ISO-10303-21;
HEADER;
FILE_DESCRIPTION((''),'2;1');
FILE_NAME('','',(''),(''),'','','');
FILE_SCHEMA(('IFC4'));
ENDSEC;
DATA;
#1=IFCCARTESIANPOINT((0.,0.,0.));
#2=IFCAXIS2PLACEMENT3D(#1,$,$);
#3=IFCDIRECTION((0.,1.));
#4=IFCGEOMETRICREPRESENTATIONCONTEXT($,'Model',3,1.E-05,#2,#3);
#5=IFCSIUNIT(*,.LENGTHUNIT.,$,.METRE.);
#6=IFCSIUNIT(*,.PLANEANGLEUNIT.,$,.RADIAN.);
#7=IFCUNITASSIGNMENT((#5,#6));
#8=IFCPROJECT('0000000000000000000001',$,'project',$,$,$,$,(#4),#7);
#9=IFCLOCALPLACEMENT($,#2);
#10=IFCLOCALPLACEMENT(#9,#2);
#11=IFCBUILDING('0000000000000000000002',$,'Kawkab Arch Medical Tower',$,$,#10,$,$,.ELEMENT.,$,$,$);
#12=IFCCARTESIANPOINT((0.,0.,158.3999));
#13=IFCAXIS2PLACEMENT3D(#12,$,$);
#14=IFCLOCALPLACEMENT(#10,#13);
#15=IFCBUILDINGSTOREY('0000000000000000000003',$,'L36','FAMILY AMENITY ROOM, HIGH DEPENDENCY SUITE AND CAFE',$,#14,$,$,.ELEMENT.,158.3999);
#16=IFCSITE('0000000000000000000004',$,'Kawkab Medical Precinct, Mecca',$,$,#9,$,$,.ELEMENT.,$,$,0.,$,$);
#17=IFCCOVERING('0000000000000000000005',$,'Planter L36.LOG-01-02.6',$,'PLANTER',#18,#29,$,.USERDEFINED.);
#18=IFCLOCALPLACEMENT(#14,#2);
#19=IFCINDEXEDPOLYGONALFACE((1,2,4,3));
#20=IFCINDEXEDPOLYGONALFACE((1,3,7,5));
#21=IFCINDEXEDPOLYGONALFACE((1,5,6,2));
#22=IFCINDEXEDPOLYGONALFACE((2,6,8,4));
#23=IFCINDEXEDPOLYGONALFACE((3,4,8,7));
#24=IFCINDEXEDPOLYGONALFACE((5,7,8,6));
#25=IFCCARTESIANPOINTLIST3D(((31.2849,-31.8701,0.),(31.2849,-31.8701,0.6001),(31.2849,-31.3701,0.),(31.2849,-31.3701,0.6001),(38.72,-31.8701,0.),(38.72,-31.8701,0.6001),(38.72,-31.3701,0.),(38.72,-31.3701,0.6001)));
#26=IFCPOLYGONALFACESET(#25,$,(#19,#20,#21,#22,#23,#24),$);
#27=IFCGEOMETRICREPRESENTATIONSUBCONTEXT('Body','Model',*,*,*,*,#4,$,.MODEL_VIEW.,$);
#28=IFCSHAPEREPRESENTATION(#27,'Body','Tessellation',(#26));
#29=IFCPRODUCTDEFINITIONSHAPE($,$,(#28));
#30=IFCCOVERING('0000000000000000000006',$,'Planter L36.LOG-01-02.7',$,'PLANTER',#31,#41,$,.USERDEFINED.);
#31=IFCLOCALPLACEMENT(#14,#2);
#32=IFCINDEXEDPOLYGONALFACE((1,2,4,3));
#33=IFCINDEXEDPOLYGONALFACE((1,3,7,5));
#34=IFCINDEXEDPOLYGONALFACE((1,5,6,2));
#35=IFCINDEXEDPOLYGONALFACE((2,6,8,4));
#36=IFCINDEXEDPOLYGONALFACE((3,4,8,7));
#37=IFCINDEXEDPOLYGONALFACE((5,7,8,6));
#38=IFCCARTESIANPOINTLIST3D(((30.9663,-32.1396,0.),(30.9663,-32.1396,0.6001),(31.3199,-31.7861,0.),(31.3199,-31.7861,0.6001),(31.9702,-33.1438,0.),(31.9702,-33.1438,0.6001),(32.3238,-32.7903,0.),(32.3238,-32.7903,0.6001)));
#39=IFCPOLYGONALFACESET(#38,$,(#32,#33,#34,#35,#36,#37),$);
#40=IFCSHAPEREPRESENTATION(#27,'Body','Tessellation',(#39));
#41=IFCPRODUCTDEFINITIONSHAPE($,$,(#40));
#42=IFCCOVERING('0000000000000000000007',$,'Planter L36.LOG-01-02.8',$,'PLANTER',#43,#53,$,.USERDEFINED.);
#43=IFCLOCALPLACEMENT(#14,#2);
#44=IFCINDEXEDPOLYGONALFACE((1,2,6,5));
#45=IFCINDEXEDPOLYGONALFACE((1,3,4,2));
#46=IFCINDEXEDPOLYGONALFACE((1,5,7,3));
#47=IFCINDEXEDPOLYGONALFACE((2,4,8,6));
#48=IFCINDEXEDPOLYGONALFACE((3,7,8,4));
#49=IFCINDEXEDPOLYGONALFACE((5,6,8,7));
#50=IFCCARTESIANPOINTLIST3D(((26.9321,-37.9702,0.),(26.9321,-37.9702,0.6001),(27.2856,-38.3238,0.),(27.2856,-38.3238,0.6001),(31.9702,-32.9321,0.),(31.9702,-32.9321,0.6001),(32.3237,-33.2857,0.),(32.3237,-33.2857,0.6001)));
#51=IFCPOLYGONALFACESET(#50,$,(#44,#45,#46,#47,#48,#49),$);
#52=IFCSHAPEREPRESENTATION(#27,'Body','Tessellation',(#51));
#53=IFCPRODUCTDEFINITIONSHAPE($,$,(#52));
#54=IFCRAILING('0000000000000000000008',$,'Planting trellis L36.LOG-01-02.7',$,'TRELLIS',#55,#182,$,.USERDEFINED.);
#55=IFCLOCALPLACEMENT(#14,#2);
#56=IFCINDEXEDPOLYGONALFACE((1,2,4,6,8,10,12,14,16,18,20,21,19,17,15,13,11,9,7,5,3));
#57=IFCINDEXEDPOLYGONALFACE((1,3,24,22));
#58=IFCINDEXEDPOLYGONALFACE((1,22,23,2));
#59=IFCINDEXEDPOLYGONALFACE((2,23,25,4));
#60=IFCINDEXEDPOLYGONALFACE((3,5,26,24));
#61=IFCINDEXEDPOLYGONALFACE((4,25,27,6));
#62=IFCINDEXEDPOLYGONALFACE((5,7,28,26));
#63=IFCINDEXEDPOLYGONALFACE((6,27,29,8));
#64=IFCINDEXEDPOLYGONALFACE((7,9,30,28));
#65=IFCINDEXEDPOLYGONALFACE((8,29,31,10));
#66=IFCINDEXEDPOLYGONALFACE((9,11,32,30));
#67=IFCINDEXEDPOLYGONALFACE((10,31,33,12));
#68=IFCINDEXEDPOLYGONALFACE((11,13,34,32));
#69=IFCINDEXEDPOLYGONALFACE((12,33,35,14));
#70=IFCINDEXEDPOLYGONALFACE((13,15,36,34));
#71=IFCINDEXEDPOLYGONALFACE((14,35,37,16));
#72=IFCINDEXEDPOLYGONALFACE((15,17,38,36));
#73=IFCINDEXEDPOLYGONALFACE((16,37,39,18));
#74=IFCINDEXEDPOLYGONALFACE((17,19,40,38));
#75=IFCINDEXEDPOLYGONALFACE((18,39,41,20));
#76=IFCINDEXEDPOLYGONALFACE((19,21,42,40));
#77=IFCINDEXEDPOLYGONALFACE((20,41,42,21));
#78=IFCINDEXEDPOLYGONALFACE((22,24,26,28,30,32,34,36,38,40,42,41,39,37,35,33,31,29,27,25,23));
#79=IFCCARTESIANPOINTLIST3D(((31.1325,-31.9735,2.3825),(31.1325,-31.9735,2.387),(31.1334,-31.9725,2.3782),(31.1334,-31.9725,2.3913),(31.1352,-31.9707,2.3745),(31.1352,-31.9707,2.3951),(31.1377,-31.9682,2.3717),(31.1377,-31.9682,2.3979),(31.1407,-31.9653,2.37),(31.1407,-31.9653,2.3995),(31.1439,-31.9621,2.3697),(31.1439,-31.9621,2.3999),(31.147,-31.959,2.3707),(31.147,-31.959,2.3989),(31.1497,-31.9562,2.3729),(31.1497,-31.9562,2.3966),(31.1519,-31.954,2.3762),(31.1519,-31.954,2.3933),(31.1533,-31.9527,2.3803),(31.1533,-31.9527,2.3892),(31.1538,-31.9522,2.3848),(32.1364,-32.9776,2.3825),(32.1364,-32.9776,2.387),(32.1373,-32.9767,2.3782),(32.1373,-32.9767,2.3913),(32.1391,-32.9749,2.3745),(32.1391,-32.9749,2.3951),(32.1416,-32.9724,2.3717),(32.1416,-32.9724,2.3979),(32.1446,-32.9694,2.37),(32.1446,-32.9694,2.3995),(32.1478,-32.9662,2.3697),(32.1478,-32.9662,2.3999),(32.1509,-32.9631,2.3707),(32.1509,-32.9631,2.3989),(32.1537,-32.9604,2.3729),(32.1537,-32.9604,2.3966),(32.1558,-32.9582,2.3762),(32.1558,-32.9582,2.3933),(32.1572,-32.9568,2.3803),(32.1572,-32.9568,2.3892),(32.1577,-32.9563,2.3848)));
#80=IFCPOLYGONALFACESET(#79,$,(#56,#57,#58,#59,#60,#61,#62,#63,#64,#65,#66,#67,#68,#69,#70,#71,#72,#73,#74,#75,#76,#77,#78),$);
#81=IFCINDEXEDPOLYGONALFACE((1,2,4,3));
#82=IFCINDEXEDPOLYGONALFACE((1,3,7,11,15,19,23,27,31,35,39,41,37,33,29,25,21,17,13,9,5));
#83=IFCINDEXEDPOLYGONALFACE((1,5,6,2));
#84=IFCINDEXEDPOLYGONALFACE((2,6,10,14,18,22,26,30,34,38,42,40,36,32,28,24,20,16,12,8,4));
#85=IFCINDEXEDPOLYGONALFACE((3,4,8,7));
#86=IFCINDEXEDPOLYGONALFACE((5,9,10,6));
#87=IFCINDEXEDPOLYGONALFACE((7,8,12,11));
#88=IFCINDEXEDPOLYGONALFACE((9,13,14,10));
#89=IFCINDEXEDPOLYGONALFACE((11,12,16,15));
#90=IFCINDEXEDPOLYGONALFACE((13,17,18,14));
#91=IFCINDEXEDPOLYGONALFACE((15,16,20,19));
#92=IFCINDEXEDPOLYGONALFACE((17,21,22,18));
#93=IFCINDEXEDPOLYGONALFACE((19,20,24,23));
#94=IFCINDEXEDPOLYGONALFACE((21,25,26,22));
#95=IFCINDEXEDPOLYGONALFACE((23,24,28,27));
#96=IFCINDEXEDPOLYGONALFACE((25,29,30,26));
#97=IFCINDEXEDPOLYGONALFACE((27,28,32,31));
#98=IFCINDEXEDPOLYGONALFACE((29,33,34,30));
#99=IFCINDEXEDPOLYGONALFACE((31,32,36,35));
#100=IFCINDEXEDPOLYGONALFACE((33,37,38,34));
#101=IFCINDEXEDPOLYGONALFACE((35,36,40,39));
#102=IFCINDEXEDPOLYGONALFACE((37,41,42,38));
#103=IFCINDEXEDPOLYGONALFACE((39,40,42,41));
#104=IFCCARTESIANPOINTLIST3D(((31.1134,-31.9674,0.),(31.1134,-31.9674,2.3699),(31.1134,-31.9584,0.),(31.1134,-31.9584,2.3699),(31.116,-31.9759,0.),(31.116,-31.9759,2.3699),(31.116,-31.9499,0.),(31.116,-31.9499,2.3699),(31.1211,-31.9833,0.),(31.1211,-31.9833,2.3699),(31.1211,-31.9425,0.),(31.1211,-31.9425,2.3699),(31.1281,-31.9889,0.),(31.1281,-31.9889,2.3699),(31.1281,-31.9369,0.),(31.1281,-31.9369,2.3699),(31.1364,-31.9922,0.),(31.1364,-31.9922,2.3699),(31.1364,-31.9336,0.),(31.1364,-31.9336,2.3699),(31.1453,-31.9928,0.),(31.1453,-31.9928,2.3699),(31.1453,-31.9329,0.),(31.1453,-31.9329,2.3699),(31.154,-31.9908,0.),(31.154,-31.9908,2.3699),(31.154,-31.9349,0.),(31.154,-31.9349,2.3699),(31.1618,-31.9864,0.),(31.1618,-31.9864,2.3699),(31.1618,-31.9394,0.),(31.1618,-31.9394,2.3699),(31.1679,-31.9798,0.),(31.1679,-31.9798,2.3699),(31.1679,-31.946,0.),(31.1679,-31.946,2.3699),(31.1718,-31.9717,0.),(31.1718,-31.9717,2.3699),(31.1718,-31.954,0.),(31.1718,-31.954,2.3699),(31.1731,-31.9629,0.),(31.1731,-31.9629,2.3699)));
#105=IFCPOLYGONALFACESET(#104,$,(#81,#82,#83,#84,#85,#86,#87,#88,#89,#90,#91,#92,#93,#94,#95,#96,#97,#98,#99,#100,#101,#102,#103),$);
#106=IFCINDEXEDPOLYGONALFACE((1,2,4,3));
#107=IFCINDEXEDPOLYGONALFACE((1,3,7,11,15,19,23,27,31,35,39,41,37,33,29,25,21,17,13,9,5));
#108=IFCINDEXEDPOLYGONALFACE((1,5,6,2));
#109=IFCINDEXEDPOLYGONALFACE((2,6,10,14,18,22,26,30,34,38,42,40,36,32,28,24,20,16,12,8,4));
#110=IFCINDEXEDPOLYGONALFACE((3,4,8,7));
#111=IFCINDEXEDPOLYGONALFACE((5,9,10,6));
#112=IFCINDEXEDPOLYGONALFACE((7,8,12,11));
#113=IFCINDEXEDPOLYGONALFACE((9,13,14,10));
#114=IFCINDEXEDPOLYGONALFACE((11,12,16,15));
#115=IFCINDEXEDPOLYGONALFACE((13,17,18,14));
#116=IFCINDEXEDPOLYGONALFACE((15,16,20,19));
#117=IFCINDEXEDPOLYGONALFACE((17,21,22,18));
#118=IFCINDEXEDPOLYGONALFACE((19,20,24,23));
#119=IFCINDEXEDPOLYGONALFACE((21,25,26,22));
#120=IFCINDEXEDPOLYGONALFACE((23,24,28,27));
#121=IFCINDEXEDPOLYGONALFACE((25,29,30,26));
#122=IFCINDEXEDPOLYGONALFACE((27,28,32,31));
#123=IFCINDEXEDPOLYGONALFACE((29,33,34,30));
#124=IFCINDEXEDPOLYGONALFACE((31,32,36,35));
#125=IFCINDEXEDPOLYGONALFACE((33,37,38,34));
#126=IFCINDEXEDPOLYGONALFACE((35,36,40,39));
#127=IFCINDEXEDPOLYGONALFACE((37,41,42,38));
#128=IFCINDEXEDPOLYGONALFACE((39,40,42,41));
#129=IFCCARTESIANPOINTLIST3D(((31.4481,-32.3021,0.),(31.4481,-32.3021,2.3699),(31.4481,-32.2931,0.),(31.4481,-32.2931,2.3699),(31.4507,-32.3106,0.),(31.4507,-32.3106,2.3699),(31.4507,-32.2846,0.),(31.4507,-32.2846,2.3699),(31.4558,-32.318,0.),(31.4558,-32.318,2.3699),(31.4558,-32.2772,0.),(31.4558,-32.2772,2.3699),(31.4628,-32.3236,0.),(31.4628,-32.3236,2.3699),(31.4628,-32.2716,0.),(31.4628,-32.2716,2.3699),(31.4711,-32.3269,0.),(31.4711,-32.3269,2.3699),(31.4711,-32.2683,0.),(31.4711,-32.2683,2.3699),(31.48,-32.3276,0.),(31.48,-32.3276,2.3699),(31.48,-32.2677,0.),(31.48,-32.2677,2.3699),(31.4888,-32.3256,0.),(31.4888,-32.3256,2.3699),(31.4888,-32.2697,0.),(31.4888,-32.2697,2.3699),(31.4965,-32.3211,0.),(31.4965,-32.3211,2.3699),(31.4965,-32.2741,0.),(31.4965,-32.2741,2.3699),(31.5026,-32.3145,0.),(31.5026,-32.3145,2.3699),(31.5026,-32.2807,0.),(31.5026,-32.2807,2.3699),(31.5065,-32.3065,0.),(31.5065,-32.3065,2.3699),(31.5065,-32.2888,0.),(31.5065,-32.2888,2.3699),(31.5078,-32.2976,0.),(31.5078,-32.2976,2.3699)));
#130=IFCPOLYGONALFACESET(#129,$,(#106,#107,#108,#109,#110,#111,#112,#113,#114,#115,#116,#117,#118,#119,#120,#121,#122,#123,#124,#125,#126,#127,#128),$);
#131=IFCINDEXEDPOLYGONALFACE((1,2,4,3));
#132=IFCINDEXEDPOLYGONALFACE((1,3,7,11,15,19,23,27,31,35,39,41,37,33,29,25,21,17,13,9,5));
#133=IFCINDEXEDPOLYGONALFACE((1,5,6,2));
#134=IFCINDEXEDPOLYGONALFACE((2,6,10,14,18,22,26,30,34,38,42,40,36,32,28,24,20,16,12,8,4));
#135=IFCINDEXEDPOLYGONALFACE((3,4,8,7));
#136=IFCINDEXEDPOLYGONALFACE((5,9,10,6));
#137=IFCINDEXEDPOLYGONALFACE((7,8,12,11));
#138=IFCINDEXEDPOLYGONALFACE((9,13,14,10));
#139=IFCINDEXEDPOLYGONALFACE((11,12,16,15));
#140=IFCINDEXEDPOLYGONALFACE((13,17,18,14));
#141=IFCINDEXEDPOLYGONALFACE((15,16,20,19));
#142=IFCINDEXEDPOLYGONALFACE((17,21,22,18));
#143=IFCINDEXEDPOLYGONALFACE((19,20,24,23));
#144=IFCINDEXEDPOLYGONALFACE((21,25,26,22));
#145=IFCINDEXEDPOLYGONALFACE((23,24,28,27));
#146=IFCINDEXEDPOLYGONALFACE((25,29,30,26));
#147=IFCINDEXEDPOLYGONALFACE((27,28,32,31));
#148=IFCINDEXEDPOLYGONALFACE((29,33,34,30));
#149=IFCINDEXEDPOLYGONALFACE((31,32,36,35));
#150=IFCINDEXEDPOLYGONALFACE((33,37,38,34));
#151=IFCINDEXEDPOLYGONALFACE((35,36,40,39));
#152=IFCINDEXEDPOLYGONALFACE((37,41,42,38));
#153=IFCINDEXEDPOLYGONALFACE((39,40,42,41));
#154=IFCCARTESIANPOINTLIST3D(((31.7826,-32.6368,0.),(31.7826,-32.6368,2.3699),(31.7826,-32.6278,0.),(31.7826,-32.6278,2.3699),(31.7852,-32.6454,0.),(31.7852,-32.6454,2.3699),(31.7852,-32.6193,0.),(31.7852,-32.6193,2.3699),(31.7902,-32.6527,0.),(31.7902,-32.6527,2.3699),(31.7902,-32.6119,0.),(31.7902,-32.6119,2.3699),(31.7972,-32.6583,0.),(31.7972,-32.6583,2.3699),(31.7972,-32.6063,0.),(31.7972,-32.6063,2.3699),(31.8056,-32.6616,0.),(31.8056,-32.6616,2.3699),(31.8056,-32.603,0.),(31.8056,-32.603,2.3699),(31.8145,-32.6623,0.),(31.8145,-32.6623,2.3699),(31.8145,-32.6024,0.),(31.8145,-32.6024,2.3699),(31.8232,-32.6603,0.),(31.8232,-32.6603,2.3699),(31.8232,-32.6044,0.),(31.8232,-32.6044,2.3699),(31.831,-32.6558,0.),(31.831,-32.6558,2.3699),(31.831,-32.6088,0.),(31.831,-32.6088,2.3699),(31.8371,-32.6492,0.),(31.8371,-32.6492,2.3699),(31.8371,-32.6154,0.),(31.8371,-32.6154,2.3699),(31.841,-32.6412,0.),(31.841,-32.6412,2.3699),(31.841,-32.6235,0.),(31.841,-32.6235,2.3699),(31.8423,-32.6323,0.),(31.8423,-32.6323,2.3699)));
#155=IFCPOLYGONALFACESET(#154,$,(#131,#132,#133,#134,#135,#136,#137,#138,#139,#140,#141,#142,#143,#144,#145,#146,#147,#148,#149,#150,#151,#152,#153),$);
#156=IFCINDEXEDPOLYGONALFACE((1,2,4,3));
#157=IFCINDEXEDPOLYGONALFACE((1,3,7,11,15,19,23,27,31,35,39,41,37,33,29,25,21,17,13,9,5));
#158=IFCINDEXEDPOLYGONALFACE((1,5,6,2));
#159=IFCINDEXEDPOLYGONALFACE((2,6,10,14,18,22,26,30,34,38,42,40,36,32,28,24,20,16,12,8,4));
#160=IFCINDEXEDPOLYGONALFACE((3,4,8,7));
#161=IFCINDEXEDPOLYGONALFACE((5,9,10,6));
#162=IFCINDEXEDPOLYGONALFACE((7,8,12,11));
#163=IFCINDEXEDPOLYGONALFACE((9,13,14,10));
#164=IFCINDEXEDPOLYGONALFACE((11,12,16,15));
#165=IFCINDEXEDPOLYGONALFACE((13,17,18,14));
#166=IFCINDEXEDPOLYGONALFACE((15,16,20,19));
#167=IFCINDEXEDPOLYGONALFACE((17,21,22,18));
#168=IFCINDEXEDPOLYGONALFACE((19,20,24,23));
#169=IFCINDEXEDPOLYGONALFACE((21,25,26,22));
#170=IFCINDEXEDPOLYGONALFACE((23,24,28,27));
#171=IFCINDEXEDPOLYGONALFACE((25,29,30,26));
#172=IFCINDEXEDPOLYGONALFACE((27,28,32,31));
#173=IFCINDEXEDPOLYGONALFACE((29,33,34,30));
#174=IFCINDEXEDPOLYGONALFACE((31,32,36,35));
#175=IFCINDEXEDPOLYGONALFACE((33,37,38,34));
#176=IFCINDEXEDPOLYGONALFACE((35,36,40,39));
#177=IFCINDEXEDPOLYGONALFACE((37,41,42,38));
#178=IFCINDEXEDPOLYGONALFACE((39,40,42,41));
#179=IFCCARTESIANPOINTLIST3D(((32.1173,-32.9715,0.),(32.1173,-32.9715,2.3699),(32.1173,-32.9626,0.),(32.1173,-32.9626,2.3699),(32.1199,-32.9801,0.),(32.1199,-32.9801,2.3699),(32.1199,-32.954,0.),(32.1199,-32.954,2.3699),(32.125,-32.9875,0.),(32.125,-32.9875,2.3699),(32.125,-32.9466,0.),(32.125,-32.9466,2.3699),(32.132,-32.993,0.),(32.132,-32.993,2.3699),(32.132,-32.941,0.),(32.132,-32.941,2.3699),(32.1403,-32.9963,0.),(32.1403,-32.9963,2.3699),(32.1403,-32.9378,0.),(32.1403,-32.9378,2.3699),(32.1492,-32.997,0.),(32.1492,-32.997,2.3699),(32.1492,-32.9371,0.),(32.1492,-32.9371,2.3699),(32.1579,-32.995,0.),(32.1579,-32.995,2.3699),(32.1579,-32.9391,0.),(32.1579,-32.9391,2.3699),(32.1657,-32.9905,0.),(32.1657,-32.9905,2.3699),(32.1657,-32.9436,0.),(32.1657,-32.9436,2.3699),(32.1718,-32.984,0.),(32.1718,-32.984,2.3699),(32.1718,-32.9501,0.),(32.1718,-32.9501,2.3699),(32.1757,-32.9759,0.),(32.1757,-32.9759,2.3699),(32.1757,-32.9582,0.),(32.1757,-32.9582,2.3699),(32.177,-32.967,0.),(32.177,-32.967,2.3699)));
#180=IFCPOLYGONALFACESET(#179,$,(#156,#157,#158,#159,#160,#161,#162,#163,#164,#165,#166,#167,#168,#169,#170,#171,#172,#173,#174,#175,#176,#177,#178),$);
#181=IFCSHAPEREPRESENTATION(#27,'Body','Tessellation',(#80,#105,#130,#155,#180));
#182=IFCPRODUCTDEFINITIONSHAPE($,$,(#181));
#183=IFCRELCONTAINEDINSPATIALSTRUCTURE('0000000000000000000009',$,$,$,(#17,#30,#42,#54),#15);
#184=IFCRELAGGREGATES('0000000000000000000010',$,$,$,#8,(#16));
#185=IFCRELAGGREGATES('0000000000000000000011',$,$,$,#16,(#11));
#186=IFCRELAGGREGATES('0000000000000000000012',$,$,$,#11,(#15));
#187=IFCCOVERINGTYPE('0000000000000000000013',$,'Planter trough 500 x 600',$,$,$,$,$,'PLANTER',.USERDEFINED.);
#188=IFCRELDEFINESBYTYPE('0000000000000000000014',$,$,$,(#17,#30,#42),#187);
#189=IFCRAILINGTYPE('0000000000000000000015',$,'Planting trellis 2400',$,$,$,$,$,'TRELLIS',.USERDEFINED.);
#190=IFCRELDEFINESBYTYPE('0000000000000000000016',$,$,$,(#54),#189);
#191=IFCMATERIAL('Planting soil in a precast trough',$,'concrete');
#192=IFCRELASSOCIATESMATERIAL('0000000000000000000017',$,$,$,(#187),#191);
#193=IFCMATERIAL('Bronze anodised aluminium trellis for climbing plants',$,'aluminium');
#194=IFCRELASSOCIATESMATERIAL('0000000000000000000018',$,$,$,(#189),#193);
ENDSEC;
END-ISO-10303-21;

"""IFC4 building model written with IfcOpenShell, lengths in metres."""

from ifc_helpers import new_model, si_unit, direction, frame, origin, origin_2d, place, context, subcontext, project, spatial, rectangle, circle, extrude, material, material_profile, profile_set, type_object, element, save


model = new_model("IFC4")

# Units and contexts
model_context = context("Model", 3, precision=1e-05, world=origin(), true_north=direction((0.0, 1.0)))
body_context = subcontext(model_context, "Body", "Model", "MODEL_VIEW")
ifc_project = project(units=[si_unit("LENGTHUNIT", "METRE"), si_unit("PLANEANGLEUNIT", "RADIAN")], contexts=[model_context])

# Site, building, storey
site_placement = place(None, origin())
site = spatial("IfcSite", under=ifc_project, at=site_placement, Name="Kawkab Medical Precinct, Mecca", CompositionType="ELEMENT", RefElevation=0.0)
building_placement = place(site_placement, origin())
building = spatial("IfcBuilding", under=site, at=building_placement, Name="Kawkab Arch Medical Tower", CompositionType="ELEMENT")
storey_placement = place(building_placement, frame((0.0, 0.0, 158.3999)))
storey = spatial("IfcBuildingStorey", under=building, at=storey_placement, Name="L36", Description="FAMILY AMENITY ROOM, HIGH DEPENDENCY SUITE AND CAFE", CompositionType="ELEMENT", Elevation=158.3999)

# Coverings
ifc_material_1 = material(Name="Planting soil in a precast trough", Category="concrete")
ifc_material_profile_1 = material_profile(ifc_material_1, rectangle(XDim=0.5, YDim=0.6001, at=origin_2d()), Name="Trough 500x600")
ifc_profile_set_1 = profile_set([ifc_material_profile_1], Name="Planting soil in a precast trough")
covering_type_1 = type_object("IfcCoveringType", Name="Planter trough 500 x 600", ElementType="PLANTER", PredefinedType="USERDEFINED", material=ifc_profile_set_1)
covering_1_placement = place(storey_placement, frame((38.72, -31.6201, 0.3), z_axis=(-1.0, 0.0, 0.0), x_axis=(0.0, -1.0, 0.0)))
element("IfcCovering", 1, at=covering_1_placement, inside=storey, type_object=covering_type_1, Name="Planter L36.LOG-01-02.6", ObjectType="PLANTER", PredefinedType="USERDEFINED", context=body_context, shape_type="SweptSolid", body=[
    extrude(rectangle(XDim=0.5, YDim=0.6001, at=origin_2d()), origin(), (0.0, 0.0, 1.0), 7.4351),
])
covering_2_placement = place(storey_placement, frame((31.1431, -31.9629, 0.3), z_axis=(0.707021, -0.707193, 0.0), x_axis=(0.707193, 0.707021, 0.0)))
element("IfcCovering", 2, at=covering_2_placement, inside=storey, type_object=covering_type_1, Name="Planter L36.LOG-01-02.7", ObjectType="PLANTER", PredefinedType="USERDEFINED", context=body_context, shape_type="SweptSolid", body=[
    extrude(rectangle(XDim=0.5, YDim=0.6001, at=origin_2d()), origin(), (0.0, 0.0, 1.0), 1.4199),
])
covering_3_placement = place(storey_placement, frame((32.147, -33.1089, 0.3), z_axis=(-0.707107, -0.707107, 0.0), x_axis=(0.707107, -0.707107, 0.0)))
element("IfcCovering", 3, at=covering_3_placement, inside=storey, type_object=covering_type_1, Name="Planter L36.LOG-01-02.8", ObjectType="PLANTER", PredefinedType="USERDEFINED", context=body_context, shape_type="SweptSolid", body=[
    extrude(rectangle(XDim=0.5, YDim=0.6001, at=origin_2d()), origin(), (0.0, 0.0, 1.0), 7.125),
])

# Railing
ifc_material_2 = material(Name="Bronze anodised aluminium trellis for climbing plants", Category="aluminium")
railing_type = type_object("IfcRailingType", Name="Planting trellis 2400", ElementType="TRELLIS", PredefinedType="USERDEFINED", material=ifc_material_2)
railing_placement = place(storey_placement, frame((31.1431, -31.9629, 0.0)))
element("IfcRailing", 4, at=railing_placement, inside=storey, type_object=railing_type, Name="Planting trellis L36.LOG-01-02.7", ObjectType="TRELLIS", PredefinedType="USERDEFINED", context=body_context, shape_type="SweptSolid", body=[
    extrude(circle(Radius=0.0151, at=origin_2d()), frame((0.0, 0.0, 2.3848), z_axis=(0.707021, -0.707193, 0.0), x_axis=(0.707193, 0.707021, 0.0)), (0.0, 0.0, 1.0), 1.4199),
    extrude(circle(Radius=0.03, at=origin_2d()), origin(), (0.0, 0.0, 1.0), 2.3699),
    extrude(circle(Radius=0.03, at=origin_2d()), frame((0.3347, -0.3347, 0.0)), (0.0, 0.0, 1.0), 2.3699),
    extrude(circle(Radius=0.03, at=origin_2d()), frame((0.6692, -0.6694, 0.0)), (0.0, 0.0, 1.0), 2.3699),
    extrude(circle(Radius=0.03, at=origin_2d()), frame((1.0039, -1.0042, 0.0)), (0.0, 0.0, 1.0), 2.3699),
])

save(model, "model.ifc")
